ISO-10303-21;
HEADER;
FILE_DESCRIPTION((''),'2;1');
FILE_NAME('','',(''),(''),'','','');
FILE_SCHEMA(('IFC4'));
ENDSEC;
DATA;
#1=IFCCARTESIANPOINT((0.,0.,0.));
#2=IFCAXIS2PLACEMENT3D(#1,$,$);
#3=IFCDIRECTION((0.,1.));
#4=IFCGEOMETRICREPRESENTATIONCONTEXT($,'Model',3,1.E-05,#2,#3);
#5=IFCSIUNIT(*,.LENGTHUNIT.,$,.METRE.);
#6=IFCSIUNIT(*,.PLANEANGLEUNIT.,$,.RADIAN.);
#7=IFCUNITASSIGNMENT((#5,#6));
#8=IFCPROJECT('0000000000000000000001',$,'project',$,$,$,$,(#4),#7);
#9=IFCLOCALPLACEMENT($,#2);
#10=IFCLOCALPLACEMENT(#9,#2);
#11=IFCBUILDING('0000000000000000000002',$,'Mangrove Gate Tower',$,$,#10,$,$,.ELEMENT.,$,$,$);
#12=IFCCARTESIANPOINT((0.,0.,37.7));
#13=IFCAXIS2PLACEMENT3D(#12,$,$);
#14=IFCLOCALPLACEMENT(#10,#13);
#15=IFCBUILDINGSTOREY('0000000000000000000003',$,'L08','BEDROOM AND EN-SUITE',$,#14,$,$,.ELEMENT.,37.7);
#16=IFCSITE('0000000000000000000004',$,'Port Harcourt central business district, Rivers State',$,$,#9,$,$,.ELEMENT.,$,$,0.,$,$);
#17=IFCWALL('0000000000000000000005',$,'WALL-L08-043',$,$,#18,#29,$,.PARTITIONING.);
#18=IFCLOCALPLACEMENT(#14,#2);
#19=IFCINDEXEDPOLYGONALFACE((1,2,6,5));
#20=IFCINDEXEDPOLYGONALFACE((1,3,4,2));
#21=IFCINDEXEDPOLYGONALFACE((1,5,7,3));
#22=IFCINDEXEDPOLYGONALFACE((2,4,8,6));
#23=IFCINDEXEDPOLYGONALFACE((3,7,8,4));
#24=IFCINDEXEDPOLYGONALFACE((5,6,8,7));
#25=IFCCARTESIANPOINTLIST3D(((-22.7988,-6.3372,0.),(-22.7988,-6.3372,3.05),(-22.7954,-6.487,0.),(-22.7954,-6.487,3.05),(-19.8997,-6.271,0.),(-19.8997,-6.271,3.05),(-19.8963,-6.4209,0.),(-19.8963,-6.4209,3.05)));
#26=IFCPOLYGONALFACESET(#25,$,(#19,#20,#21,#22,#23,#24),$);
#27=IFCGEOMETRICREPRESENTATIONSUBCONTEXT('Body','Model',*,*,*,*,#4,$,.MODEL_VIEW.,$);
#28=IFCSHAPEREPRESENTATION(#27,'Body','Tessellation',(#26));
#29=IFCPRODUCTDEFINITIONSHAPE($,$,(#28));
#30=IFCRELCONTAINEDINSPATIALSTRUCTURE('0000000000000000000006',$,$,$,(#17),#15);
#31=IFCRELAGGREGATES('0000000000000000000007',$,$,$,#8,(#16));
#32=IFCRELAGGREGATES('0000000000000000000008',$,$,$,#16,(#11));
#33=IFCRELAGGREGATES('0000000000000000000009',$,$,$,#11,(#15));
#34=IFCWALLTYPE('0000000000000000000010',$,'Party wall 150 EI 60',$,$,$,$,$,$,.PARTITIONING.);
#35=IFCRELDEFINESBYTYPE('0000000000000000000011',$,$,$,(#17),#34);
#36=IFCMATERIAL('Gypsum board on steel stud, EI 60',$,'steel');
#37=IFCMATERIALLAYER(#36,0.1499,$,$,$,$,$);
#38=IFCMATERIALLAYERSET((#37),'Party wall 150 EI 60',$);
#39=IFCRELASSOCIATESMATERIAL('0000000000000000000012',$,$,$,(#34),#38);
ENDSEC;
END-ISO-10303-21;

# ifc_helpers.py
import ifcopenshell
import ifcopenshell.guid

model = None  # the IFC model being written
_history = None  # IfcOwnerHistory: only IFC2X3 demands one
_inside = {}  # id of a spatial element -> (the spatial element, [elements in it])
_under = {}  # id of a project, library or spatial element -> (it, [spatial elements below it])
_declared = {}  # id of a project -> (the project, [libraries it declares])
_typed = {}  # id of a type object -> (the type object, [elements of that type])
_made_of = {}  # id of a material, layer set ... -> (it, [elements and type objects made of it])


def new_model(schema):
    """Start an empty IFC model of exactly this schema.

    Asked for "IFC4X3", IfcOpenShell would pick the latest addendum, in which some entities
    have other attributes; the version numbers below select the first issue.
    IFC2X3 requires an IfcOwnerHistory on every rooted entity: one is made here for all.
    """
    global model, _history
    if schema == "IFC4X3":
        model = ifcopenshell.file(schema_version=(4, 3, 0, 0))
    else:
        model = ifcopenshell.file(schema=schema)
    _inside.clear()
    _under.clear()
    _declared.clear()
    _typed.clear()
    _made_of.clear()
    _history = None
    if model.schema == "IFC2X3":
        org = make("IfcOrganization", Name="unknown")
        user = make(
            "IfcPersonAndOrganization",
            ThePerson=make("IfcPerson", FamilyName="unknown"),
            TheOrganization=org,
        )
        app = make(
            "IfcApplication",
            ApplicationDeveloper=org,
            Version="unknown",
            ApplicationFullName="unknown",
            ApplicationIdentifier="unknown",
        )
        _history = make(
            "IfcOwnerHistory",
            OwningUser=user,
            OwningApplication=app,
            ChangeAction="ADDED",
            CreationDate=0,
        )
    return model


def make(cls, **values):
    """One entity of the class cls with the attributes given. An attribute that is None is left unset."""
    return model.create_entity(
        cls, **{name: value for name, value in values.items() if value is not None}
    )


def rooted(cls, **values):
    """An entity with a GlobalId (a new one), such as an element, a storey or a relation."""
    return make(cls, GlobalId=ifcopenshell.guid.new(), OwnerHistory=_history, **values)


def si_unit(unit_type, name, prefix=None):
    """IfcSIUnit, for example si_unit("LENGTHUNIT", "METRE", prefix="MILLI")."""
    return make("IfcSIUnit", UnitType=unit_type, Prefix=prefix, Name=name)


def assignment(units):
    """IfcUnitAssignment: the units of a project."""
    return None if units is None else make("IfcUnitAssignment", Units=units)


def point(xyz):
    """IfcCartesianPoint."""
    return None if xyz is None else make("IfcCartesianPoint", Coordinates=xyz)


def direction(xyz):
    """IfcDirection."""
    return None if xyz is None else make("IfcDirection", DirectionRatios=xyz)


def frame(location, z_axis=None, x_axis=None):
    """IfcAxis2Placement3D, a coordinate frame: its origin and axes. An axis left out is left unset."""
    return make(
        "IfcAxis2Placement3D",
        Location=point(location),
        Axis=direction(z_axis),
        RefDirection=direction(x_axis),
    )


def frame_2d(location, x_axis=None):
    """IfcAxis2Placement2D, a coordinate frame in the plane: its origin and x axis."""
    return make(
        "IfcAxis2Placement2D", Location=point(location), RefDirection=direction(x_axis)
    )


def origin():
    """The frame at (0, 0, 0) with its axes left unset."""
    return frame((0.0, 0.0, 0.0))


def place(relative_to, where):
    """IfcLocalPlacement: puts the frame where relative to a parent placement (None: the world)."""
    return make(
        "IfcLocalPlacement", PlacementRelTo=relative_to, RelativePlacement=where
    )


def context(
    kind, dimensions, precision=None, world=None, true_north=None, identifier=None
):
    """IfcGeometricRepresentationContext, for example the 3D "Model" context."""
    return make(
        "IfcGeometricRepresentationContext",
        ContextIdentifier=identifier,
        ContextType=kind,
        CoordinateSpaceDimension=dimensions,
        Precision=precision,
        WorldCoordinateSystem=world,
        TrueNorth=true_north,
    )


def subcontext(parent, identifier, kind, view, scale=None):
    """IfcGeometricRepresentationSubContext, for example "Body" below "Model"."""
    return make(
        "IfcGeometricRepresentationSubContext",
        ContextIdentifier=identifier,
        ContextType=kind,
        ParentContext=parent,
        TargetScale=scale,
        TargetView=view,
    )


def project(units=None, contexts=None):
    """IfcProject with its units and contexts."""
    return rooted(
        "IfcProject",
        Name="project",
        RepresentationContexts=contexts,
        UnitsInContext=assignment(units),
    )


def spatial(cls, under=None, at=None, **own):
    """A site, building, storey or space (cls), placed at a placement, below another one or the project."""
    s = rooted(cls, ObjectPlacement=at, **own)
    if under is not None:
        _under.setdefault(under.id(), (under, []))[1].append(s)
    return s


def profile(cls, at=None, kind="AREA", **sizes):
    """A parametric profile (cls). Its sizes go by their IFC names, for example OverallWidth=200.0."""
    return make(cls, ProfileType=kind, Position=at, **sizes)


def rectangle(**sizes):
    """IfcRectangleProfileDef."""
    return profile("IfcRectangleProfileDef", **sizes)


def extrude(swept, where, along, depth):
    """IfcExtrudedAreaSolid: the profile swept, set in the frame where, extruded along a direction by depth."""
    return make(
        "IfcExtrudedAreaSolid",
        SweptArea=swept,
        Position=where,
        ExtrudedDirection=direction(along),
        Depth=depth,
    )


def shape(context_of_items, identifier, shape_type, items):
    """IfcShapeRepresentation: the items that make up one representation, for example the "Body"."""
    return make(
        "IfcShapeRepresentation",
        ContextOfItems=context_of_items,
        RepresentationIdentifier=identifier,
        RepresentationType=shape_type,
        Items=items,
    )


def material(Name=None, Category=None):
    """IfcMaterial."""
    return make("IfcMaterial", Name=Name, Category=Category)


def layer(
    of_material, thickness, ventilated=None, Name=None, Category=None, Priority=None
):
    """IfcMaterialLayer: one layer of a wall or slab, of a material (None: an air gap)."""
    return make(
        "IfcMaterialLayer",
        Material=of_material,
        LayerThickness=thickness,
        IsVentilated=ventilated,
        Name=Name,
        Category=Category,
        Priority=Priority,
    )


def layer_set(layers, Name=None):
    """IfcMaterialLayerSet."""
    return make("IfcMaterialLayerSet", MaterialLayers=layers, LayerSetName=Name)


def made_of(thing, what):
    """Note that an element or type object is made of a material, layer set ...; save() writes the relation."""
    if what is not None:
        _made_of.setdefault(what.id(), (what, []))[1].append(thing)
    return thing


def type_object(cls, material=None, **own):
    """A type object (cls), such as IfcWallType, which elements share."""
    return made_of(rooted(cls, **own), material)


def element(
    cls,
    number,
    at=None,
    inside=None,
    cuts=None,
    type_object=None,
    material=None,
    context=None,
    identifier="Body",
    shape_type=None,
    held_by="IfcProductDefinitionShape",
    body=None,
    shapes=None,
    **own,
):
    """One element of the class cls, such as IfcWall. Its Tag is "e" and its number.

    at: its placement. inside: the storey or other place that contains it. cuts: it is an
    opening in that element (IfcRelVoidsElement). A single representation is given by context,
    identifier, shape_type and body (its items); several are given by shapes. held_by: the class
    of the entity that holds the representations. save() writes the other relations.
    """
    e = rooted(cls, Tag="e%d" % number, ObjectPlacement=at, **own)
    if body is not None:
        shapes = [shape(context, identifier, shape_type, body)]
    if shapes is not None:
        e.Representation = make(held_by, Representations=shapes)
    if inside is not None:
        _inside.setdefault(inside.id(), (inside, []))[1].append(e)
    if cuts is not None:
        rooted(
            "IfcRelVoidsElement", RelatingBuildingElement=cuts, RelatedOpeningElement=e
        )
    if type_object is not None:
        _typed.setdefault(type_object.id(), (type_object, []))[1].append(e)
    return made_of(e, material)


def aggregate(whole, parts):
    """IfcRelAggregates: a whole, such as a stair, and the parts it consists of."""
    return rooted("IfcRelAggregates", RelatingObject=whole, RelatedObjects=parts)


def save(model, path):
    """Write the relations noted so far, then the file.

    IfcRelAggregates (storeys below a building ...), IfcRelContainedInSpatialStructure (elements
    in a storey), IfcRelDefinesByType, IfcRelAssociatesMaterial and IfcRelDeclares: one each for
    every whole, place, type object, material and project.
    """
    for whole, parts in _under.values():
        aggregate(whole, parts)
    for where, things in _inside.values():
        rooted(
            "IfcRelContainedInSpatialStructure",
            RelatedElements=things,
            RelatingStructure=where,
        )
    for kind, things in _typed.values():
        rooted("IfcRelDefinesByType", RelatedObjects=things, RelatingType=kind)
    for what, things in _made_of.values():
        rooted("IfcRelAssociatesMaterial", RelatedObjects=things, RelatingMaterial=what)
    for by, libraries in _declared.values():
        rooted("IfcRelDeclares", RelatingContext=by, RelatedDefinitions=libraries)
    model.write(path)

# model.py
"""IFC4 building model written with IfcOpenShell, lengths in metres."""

from ifc_helpers import new_model, si_unit, direction, frame, frame_2d, origin, place, context, subcontext, project, spatial, rectangle, extrude, material, layer, layer_set, type_object, element, save


model = new_model("IFC4")

# Units and contexts
model_context = context("Model", 3, precision=1e-05, world=origin(), true_north=direction((0.0, 1.0)))
body_context = subcontext(model_context, "Body", "Model", "MODEL_VIEW")
ifc_project = project(units=[si_unit("LENGTHUNIT", "METRE"), si_unit("PLANEANGLEUNIT", "RADIAN")], contexts=[model_context])

# Site, building, storey
site_placement = place(None, origin())
site = spatial("IfcSite", under=ifc_project, at=site_placement, Name="Port Harcourt central business district, Rivers State", CompositionType="ELEMENT", RefElevation=0.0)
building_placement = place(site_placement, origin())
building = spatial("IfcBuilding", under=site, at=building_placement, Name="Mangrove Gate Tower", CompositionType="ELEMENT")
storey_placement = place(building_placement, frame((0.0, 0.0, 37.7)))
storey = spatial("IfcBuildingStorey", under=building, at=storey_placement, Name="L08", Description="BEDROOM AND EN-SUITE", CompositionType="ELEMENT", Elevation=37.7)

# Wall
ifc_material_1 = material(Name="Gypsum board on steel stud, EI 60", Category="steel")
ifc_layer_1 = layer(ifc_material_1, 0.1499)
ifc_layer_set_1 = layer_set([ifc_layer_1], Name="Party wall 150 EI 60")
wall_type_1 = type_object("IfcWallType", Name="Party wall 150 EI 60", PredefinedType="PARTITIONING", material=ifc_layer_set_1)
wall_1_placement = place(storey_placement, frame((-22.7971, -6.4121, 0.0), z_axis=(0.0, 0.0, 1.0), x_axis=(0.99974, 0.022815, 0.0)))
element("IfcWall", 1, at=wall_1_placement, inside=storey, type_object=wall_type_1, Name="WALL-L08-043", PredefinedType="PARTITIONING", context=body_context, shape_type="SweptSolid", body=[
    extrude(rectangle(XDim=2.8999, YDim=0.1499, at=frame_2d((1.45, 0.0))), origin(), (0.0, 0.0, 1.0), 3.05),
])

save(model, "model.ifc")
